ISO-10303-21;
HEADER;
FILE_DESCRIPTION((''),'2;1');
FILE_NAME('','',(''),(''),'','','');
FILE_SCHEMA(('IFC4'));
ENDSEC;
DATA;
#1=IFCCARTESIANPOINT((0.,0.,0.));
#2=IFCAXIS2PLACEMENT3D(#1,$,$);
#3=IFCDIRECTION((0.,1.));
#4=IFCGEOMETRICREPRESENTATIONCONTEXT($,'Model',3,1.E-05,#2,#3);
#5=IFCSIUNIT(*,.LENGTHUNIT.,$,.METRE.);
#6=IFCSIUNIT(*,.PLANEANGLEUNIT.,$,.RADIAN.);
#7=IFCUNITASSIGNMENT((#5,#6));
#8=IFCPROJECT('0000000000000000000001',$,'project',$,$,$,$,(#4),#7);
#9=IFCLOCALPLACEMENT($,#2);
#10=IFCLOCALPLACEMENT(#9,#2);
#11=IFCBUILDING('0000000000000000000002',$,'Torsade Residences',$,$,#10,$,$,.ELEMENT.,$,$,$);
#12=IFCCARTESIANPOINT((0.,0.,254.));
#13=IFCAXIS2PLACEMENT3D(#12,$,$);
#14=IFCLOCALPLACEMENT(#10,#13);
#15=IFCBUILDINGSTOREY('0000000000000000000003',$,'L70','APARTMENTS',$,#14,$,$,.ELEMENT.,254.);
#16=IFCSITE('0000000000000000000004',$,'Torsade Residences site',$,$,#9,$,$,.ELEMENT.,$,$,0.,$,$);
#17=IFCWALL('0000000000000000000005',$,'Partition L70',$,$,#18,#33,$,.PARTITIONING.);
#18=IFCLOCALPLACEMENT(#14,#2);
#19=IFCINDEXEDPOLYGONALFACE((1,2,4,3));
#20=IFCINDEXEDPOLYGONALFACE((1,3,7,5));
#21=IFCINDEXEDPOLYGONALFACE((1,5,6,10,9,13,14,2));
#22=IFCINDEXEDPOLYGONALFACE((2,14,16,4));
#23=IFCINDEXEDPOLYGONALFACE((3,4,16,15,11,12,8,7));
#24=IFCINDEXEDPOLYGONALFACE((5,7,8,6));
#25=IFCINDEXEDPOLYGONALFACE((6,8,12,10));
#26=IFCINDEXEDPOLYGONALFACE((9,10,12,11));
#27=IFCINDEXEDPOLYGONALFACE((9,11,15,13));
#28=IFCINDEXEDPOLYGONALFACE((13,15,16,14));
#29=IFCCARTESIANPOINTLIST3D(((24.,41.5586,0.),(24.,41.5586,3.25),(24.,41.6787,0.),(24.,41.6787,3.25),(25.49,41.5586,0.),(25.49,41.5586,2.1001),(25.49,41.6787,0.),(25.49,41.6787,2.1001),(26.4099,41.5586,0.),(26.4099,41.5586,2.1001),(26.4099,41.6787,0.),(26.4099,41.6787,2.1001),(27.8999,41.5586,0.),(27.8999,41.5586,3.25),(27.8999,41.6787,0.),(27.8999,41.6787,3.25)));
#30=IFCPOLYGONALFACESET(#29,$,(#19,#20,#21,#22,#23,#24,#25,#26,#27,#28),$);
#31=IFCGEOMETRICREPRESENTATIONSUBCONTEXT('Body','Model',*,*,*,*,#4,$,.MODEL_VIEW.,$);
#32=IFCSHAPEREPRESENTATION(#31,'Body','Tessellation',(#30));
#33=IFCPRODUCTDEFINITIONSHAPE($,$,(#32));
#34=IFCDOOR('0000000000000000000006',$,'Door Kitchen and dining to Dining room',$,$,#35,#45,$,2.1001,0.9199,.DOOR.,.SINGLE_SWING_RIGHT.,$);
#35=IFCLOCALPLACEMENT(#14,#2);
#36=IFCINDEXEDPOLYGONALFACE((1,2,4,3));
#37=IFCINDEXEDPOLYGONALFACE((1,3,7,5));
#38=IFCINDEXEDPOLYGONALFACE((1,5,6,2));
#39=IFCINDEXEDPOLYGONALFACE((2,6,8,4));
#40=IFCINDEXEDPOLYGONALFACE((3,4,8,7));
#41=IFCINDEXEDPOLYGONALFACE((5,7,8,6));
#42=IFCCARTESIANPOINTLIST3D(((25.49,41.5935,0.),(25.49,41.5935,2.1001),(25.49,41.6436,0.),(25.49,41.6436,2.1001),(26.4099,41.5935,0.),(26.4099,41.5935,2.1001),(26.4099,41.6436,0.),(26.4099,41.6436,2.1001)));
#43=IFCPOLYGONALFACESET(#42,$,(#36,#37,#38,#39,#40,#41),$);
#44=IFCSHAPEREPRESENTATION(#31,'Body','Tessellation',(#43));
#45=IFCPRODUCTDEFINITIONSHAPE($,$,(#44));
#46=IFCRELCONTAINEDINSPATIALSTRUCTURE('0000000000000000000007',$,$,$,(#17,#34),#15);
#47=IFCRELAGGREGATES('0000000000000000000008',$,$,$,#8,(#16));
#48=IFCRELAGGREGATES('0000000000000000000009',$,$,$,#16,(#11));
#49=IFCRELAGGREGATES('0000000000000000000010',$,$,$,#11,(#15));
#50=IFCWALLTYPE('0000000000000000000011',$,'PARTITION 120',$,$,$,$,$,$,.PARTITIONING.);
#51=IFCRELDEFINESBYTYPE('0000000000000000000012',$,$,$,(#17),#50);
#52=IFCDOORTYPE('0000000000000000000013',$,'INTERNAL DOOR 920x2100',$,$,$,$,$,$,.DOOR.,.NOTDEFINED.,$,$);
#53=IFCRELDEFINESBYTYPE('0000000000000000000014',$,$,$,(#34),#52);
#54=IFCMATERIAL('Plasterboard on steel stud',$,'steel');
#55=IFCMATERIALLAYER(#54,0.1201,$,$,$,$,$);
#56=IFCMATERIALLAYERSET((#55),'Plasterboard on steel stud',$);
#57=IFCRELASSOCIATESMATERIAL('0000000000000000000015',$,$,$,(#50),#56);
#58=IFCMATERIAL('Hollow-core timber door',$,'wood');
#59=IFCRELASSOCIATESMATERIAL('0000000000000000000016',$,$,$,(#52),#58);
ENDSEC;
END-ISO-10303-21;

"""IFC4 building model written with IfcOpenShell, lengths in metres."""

from ifc_helpers import new_model, si_unit, direction, frame, frame_2d, origin, place, context, subcontext, project, spatial, rectangle, extrude, material, layer, layer_set, type_object, element, fill, save


model = new_model("IFC4")

# Units and contexts
model_context = context("Model", 3, precision=1e-05, world=origin(), true_north=direction((0.0, 1.0)))
body_context = subcontext(model_context, "Body", "Model", "MODEL_VIEW")
ifc_project = project(units=[si_unit("LENGTHUNIT", "METRE"), si_unit("PLANEANGLEUNIT", "RADIAN")], contexts=[model_context])

# Site, building, storey
site_placement = place(None, origin())
site = spatial("IfcSite", under=ifc_project, at=site_placement, Name="Torsade Residences site", CompositionType="ELEMENT", RefElevation=0.0)
building_placement = place(site_placement, origin())
building = spatial("IfcBuilding", under=site, at=building_placement, Name="Torsade Residences", CompositionType="ELEMENT")
storey_placement = place(building_placement, frame((0.0, 0.0, 254.0)))
storey = spatial("IfcBuildingStorey", under=building, at=storey_placement, Name="L70", Description="APARTMENTS", CompositionType="ELEMENT", Elevation=254.0)

# Wall, opening, door
ifc_material_1 = material(Name="Plasterboard on steel stud", Category="steel")
ifc_layer_1 = layer(ifc_material_1, 0.1201)
ifc_layer_set_1 = layer_set([ifc_layer_1], Name="Plasterboard on steel stud")
wall_type = type_object("IfcWallType", Name="PARTITION 120", PredefinedType="PARTITIONING", material=ifc_layer_set_1)
wall_placement = place(storey_placement, frame((24.0, 41.6187, 0.0), z_axis=(0.0, 0.0, 1.0), x_axis=(1.0, 0.0, 0.0)))
wall = element("IfcWall", 1, at=wall_placement, inside=storey, type_object=wall_type, Name="Partition L70", PredefinedType="PARTITIONING", context=body_context, shape_type="SweptSolid", body=[
    extrude(rectangle(XDim=3.8999, YDim=0.1201, at=frame_2d((1.95, 0.0))), origin(), (0.0, 0.0, 1.0), 3.25),
])
opening_placement = place(wall_placement, frame((1.49, 0.0, 0.0)))
opening = element("IfcOpeningElement", 2, at=opening_placement, cuts=wall, PredefinedType="OPENING", context=body_context, shape_type="SweptSolid", body=[
    extrude(rectangle(XDim=0.9199, YDim=2.1001, at=frame_2d((0.46, 1.05))), frame((0.0, 0.0701, 0.0), z_axis=(0.0, -1.0, 0.0), x_axis=(1.0, 0.0, 0.0)), (0.0, 0.0, 1.0), 0.1401),
])
ifc_material_2 = material(Name="Hollow-core timber door", Category="wood")
door_type = type_object("IfcDoorType", Name="INTERNAL DOOR 920x2100", OperationType="NOTDEFINED", PredefinedType="DOOR", material=ifc_material_2)
door_placement = place(opening_placement, origin())
door = element("IfcDoor", 3, at=door_placement, inside=storey, type_object=door_type, Name="Door Kitchen and dining to Dining room", OperationType="SINGLE_SWING_RIGHT", OverallHeight=2.1001, OverallWidth=0.9199, PredefinedType="DOOR", context=body_context, shape_type="SweptSolid", body=[
    extrude(rectangle(XDim=0.9199, YDim=2.1001, at=frame_2d((0.46, 1.05))), frame((0.0, 0.0249, 0.0), z_axis=(0.0, -1.0, 0.0), x_axis=(1.0, 0.0, 0.0)), (0.0, 0.0, 1.0), 0.05),
])
fill(opening, door)

save(model, "model.ifc")
